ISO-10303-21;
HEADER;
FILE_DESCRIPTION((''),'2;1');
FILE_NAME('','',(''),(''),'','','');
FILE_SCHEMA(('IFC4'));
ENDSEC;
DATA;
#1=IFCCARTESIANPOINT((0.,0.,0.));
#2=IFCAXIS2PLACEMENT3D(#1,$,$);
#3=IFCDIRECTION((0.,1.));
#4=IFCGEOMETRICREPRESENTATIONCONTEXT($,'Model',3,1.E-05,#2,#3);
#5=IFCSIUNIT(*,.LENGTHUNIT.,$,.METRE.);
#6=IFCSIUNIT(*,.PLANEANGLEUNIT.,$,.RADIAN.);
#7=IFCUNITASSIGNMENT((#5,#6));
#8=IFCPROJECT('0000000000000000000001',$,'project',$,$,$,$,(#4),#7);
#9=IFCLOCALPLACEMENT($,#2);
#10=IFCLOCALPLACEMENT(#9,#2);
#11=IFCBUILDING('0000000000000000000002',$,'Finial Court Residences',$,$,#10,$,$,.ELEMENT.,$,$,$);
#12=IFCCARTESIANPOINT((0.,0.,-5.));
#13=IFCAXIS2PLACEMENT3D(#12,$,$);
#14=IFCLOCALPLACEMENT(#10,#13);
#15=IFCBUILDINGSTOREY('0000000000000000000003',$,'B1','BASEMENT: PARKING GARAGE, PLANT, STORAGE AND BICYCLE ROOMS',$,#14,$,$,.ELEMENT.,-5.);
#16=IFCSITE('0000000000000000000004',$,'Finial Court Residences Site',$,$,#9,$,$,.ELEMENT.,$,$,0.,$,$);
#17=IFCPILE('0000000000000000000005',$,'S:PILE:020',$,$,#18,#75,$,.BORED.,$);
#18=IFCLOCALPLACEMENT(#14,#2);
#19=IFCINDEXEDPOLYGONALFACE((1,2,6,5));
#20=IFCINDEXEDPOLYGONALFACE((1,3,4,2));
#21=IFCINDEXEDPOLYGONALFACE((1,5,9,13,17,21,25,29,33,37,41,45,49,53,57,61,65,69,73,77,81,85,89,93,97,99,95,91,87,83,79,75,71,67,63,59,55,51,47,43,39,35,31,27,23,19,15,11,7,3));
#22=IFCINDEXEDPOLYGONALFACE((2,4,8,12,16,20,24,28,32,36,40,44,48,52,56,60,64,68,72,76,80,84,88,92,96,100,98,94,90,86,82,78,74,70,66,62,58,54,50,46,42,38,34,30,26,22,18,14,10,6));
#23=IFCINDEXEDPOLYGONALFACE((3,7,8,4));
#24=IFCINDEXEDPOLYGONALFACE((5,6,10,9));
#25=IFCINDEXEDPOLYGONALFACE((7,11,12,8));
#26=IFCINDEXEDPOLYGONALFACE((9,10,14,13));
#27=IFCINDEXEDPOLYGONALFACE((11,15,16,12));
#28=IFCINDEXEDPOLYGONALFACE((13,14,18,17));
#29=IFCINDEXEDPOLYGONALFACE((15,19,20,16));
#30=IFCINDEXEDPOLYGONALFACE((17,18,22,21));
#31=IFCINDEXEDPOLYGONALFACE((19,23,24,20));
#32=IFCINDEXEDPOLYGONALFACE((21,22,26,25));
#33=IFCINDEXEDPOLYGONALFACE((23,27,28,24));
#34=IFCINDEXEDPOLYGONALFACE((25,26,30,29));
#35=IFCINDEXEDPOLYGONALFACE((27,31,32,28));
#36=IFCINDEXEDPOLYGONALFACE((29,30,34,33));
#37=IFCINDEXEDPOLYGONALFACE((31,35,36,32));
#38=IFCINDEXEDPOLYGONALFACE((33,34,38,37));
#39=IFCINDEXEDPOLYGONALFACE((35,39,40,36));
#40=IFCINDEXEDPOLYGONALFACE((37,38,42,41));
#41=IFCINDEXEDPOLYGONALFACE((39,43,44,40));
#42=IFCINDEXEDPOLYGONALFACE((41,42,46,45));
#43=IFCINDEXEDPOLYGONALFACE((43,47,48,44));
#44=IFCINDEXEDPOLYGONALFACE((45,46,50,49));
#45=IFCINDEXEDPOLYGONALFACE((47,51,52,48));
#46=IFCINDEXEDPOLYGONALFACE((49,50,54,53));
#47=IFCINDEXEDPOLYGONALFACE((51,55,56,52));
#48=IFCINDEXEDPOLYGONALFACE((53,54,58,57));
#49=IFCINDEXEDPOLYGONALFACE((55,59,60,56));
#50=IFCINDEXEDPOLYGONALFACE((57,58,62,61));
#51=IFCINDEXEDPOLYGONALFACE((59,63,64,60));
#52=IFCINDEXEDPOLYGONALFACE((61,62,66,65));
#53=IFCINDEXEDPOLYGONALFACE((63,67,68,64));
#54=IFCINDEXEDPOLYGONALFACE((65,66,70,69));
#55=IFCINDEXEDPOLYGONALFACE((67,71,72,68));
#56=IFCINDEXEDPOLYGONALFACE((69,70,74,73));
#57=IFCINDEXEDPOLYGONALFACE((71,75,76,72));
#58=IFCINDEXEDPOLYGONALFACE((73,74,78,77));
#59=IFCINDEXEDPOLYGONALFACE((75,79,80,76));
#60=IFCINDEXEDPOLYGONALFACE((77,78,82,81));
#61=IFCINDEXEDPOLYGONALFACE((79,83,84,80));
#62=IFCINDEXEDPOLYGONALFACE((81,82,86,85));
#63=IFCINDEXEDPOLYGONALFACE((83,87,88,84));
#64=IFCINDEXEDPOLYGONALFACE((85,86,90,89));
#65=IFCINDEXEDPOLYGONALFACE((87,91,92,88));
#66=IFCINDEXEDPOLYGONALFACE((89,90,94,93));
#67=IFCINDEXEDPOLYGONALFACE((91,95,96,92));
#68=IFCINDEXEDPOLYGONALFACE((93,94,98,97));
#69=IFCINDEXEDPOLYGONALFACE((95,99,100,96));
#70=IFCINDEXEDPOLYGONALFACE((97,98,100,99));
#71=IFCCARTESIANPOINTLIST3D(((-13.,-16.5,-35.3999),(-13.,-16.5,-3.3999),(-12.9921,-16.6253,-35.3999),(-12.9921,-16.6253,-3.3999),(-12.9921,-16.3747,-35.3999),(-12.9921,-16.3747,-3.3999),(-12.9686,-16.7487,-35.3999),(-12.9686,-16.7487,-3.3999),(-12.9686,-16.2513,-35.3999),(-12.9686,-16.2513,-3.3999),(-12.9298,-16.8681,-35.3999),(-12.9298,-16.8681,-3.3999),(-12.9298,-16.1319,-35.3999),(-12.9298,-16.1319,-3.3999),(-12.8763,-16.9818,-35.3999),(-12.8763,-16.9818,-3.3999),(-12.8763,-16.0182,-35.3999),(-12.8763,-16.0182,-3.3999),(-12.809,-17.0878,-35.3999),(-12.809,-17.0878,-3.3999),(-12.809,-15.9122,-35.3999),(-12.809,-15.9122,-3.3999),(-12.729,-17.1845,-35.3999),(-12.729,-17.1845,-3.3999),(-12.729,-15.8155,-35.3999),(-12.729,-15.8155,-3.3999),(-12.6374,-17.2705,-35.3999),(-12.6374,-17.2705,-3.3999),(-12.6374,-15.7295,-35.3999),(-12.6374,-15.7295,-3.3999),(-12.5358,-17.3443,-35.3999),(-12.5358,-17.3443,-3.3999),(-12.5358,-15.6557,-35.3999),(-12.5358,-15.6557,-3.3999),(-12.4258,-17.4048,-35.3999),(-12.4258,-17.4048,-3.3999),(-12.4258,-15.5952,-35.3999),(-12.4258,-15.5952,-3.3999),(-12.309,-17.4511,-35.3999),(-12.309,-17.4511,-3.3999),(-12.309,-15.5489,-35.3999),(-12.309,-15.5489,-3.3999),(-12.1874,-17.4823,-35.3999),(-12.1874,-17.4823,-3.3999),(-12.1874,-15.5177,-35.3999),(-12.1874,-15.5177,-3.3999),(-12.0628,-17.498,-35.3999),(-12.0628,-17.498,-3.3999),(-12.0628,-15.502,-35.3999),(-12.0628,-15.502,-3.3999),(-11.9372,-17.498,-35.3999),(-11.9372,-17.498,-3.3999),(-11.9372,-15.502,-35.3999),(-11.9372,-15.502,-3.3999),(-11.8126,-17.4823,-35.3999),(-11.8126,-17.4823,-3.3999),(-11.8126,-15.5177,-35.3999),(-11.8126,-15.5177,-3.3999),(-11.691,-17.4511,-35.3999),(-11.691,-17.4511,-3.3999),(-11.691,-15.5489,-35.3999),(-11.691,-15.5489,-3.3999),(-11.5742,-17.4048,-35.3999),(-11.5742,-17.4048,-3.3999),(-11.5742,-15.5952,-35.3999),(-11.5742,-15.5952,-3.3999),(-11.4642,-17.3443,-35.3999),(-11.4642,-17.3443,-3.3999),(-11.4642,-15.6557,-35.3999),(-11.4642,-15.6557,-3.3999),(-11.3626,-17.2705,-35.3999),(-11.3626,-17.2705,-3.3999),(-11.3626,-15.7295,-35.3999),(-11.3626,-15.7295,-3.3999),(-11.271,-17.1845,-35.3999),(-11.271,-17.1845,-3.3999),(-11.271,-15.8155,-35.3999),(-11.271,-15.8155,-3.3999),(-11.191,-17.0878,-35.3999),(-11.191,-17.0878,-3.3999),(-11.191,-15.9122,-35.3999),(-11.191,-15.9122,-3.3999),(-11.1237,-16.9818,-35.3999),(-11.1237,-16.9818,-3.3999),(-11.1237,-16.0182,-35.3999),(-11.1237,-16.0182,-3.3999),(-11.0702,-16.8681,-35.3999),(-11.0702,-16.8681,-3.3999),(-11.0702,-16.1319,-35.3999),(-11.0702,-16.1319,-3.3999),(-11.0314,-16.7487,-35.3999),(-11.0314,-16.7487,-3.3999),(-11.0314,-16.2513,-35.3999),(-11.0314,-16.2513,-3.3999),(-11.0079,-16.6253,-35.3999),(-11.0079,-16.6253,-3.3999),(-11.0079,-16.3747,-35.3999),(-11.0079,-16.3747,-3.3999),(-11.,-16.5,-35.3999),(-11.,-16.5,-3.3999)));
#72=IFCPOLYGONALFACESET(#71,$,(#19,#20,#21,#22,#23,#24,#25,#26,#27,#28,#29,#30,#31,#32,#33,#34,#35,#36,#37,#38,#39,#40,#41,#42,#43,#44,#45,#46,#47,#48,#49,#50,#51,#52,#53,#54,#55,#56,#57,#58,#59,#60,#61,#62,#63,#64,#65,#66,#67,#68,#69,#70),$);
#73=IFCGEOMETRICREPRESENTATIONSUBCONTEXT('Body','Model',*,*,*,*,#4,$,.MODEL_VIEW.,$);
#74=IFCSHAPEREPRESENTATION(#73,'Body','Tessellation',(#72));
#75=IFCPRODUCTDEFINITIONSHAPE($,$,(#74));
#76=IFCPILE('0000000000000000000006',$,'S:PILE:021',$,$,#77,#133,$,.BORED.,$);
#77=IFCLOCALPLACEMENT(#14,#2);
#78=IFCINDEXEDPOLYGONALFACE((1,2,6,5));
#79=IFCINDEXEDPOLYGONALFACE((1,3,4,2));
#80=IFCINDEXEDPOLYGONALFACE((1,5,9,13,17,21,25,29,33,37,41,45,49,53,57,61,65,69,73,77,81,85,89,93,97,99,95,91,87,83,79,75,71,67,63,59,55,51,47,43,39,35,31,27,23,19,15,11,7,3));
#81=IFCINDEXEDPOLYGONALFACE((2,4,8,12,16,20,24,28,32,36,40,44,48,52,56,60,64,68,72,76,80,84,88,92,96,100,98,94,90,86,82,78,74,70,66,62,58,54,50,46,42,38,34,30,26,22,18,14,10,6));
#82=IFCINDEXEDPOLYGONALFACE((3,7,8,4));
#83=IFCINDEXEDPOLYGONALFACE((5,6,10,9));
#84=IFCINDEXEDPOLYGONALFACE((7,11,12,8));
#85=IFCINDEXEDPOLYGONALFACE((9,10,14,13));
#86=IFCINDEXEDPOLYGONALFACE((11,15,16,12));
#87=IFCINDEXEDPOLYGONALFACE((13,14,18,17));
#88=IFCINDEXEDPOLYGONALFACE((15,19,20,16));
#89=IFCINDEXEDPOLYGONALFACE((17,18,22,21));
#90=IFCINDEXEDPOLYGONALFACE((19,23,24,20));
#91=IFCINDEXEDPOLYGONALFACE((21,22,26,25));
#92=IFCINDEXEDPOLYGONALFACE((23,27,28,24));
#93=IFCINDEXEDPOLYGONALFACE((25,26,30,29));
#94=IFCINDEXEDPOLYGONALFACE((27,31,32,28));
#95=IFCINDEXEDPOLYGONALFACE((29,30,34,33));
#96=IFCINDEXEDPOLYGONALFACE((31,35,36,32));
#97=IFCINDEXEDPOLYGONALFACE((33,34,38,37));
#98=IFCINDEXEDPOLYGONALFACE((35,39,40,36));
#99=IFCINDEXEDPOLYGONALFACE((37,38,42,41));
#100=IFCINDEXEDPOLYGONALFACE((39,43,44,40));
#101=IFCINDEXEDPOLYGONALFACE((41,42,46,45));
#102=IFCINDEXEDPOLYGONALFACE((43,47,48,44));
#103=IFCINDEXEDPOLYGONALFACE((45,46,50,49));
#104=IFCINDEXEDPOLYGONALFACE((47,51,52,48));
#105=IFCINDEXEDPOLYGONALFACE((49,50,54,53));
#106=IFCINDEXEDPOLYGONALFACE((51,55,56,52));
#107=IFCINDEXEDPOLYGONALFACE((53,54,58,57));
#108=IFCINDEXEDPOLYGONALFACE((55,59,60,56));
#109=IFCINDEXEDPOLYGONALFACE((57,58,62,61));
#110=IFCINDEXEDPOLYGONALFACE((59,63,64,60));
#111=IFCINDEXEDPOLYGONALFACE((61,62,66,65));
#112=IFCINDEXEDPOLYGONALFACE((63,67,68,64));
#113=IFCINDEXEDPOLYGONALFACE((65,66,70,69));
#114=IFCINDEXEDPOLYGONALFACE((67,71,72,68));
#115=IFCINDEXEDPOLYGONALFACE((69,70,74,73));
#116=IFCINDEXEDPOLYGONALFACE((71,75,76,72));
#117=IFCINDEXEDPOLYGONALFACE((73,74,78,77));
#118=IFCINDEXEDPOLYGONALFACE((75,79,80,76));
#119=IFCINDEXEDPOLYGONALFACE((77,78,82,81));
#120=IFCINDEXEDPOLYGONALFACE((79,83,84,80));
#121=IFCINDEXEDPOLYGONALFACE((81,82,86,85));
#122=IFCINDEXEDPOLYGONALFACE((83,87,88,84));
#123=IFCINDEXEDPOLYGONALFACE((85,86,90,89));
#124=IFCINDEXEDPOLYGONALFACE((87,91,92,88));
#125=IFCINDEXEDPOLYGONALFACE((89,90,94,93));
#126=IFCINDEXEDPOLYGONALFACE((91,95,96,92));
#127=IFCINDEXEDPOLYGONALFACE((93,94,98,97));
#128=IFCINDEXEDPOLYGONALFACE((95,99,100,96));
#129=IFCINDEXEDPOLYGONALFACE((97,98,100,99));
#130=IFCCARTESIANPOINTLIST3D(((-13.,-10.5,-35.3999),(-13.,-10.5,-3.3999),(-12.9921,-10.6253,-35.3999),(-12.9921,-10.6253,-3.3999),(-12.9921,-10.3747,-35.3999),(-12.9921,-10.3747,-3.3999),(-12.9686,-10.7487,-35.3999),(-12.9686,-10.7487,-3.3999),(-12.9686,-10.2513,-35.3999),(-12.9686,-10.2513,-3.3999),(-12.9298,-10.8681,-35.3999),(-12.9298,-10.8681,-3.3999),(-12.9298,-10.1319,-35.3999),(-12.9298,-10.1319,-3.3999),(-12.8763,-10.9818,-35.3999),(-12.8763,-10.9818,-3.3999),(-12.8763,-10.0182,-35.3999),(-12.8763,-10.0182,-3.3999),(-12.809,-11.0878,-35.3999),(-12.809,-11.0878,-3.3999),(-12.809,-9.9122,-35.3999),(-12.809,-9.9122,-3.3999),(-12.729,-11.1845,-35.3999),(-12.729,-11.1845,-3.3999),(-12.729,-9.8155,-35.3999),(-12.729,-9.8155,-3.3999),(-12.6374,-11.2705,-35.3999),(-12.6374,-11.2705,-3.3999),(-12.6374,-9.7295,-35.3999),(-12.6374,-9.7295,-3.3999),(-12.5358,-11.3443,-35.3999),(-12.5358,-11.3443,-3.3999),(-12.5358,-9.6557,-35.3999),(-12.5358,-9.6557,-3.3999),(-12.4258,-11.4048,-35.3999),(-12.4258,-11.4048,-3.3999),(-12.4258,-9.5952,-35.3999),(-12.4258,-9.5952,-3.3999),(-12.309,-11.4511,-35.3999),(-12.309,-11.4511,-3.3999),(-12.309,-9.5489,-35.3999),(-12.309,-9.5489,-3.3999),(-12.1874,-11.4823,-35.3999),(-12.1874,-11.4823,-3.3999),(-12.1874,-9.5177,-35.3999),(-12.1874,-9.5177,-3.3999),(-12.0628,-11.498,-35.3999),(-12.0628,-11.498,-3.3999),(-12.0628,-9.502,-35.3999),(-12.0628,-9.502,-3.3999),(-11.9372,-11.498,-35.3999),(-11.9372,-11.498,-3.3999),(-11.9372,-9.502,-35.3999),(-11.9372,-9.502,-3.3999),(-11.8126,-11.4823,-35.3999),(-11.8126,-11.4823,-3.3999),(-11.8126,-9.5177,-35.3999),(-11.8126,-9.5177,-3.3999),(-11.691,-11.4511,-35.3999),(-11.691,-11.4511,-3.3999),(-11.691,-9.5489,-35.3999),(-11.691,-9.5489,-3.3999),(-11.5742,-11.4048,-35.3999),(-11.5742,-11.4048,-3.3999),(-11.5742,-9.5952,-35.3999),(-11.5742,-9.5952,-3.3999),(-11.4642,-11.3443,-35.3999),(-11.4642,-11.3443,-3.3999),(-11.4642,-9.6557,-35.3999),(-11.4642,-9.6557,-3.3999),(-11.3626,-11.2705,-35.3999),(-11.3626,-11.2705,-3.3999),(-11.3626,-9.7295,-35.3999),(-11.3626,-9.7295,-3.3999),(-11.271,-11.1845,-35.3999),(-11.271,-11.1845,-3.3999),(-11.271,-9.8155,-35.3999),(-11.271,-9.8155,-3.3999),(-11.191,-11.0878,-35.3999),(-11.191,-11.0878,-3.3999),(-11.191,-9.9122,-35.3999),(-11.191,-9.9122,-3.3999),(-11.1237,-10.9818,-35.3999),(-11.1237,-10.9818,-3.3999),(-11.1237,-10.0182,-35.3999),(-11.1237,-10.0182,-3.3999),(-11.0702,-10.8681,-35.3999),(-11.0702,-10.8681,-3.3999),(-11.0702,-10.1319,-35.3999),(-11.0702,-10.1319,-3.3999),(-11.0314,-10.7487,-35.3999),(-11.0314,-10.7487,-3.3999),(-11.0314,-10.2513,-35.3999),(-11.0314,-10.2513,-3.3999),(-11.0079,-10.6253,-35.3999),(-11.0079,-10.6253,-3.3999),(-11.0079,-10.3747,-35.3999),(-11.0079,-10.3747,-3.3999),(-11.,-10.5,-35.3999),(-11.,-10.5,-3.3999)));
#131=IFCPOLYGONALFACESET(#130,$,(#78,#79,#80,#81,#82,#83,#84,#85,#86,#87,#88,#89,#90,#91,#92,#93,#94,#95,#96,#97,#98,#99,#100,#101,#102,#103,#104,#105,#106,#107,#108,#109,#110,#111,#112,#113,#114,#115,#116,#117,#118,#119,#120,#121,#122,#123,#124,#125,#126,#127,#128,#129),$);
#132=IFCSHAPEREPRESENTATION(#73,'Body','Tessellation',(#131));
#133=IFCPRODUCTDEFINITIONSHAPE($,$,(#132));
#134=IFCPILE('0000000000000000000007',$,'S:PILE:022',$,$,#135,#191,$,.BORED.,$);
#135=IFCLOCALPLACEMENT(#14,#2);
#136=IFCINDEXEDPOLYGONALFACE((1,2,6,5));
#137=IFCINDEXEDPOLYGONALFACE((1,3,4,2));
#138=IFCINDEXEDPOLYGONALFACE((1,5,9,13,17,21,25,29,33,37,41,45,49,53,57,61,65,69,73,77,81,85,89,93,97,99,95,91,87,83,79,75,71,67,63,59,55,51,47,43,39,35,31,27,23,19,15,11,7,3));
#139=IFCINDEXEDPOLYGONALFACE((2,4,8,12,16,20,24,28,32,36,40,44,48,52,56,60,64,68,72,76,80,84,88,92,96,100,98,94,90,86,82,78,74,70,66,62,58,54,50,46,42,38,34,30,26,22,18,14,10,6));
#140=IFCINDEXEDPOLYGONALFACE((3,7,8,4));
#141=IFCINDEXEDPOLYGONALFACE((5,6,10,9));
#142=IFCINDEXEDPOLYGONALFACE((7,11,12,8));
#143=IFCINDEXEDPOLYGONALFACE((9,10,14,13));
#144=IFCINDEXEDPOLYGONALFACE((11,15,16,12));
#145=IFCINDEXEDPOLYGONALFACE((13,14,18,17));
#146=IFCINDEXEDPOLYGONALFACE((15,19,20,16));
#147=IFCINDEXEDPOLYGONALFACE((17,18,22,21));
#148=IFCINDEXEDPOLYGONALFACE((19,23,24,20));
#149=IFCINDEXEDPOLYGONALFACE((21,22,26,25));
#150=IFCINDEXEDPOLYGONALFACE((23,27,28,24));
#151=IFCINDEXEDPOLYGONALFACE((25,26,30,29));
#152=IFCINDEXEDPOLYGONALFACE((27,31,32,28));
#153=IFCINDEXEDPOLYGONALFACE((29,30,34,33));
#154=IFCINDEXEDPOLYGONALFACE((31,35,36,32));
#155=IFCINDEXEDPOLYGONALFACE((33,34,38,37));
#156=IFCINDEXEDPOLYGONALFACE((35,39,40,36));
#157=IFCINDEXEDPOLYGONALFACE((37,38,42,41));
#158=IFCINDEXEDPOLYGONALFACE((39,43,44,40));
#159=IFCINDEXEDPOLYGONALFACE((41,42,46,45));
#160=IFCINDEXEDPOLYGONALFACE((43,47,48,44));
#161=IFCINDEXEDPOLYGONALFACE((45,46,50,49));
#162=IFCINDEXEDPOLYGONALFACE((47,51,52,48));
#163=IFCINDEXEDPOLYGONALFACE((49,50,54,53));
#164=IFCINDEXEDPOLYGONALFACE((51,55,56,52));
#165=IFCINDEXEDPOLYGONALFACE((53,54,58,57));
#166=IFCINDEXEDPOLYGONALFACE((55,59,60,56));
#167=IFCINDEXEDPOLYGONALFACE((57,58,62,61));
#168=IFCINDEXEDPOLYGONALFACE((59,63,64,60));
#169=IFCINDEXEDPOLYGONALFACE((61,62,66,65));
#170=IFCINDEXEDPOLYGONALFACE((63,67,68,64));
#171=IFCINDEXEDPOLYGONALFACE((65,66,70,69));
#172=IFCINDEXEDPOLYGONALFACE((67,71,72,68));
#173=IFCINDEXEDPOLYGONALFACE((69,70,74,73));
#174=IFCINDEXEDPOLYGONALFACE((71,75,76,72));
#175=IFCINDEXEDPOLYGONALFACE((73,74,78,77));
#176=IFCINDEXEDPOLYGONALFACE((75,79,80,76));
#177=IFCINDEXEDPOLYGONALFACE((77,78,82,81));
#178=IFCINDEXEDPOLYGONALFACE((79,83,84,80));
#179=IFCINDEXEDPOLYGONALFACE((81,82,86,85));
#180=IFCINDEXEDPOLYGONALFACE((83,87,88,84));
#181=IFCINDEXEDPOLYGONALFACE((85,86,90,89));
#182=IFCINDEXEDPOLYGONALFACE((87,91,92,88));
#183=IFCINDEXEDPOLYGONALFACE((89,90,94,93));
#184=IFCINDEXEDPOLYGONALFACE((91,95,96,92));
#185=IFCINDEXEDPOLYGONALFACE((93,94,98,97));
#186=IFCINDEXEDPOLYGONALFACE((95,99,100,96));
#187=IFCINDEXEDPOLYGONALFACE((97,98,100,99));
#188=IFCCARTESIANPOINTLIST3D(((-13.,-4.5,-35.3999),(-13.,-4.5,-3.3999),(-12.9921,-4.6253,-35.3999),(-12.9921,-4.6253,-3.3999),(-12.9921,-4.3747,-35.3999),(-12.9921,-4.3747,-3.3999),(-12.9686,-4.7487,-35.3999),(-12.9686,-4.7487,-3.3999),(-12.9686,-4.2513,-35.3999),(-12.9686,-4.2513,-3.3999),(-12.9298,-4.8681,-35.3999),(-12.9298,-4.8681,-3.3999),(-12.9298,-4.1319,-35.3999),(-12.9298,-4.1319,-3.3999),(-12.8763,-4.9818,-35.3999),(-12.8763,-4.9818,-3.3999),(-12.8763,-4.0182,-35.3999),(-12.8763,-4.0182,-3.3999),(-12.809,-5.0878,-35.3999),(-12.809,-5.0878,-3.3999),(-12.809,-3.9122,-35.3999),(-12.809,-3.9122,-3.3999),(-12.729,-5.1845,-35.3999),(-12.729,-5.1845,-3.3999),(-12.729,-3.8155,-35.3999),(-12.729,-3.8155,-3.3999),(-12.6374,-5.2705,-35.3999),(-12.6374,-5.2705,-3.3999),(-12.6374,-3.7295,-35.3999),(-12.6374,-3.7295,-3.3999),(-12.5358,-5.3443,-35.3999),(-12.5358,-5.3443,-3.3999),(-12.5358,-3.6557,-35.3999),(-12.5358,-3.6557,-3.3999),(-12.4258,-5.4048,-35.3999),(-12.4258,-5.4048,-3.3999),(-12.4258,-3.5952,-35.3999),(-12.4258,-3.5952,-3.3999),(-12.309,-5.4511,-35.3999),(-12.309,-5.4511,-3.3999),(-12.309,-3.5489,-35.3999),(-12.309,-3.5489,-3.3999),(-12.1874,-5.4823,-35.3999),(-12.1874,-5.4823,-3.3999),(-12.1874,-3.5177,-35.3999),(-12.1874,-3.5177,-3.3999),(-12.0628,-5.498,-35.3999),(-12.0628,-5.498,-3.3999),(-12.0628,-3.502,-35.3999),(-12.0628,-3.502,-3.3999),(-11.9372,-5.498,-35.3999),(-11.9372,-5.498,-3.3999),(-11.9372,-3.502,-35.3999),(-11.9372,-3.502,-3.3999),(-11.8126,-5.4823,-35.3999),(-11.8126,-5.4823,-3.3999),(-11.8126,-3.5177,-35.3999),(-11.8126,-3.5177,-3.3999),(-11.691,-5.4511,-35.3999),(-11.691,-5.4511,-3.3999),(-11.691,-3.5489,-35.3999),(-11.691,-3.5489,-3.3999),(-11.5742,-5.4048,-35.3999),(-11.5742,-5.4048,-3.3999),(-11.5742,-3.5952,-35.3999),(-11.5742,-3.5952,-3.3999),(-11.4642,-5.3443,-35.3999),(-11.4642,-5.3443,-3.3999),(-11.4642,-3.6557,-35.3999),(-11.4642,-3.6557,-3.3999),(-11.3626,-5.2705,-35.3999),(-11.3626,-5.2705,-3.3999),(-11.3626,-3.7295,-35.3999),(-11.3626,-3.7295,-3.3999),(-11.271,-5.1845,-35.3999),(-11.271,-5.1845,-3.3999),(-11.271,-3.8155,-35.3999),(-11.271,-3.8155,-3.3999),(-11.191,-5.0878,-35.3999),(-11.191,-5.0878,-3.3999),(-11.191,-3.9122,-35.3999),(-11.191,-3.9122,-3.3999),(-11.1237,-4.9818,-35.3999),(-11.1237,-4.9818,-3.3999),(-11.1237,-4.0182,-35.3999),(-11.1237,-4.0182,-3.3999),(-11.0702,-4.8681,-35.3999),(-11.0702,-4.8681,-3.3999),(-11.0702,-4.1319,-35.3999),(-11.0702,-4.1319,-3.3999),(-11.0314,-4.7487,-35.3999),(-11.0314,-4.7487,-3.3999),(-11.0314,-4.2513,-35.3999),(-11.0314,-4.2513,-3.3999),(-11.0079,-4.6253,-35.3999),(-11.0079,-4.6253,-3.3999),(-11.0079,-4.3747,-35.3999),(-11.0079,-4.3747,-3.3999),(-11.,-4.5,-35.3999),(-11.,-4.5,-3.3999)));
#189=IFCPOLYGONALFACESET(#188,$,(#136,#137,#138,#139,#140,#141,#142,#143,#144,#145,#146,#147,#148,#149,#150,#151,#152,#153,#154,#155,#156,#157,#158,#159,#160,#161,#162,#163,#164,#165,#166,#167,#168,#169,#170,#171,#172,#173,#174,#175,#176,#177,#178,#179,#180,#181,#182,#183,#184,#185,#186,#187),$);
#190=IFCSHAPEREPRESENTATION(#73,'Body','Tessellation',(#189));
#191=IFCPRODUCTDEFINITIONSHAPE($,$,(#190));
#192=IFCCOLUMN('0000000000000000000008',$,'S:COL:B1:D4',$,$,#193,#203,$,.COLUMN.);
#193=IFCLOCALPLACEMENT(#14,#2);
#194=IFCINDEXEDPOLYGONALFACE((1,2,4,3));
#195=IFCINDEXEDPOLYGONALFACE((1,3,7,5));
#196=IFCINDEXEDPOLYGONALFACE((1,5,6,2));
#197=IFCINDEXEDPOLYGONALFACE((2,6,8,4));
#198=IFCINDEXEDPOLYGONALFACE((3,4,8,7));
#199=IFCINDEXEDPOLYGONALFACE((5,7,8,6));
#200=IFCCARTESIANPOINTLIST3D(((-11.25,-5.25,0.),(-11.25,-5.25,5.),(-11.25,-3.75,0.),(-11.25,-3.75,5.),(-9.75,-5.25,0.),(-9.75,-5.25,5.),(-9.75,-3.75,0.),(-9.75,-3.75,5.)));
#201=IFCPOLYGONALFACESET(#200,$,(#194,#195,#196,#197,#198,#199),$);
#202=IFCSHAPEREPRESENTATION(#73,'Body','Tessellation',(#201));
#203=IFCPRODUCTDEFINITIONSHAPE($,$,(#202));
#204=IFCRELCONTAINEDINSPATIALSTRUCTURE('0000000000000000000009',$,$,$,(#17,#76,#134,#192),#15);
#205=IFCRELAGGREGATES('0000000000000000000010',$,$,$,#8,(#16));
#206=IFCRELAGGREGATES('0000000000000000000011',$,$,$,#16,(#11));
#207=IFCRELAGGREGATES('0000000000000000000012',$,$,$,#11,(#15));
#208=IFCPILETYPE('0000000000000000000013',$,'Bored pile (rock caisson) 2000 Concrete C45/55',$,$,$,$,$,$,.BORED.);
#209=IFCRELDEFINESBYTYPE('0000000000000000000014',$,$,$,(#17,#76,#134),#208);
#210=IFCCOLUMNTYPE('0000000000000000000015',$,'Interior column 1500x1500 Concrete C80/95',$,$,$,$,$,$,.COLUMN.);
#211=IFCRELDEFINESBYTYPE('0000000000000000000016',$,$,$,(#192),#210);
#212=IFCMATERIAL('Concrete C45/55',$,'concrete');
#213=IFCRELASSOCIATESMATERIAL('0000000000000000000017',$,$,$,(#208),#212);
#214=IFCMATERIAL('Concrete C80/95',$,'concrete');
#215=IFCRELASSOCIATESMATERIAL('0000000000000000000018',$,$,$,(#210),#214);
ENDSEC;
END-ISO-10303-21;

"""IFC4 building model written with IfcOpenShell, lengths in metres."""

from ifc_helpers import new_model, si_unit, direction, frame, origin, origin_2d, place, context, subcontext, project, spatial, rectangle, circle, extrude, material, material_profile, profile_set, type_object, element, save


model = new_model("IFC4")

# Units and contexts
model_context = context("Model", 3, precision=1e-05, world=origin(), true_north=direction((0.0, 1.0)))
body_context = subcontext(model_context, "Body", "Model", "MODEL_VIEW")
ifc_project = project(units=[si_unit("LENGTHUNIT", "METRE"), si_unit("PLANEANGLEUNIT", "RADIAN")], contexts=[model_context])

# Site, building, storey
site_placement = place(None, origin())
site = spatial("IfcSite", under=ifc_project, at=site_placement, Name="Finial Court Residences Site", CompositionType="ELEMENT", RefElevation=0.0)
building_placement = place(site_placement, origin())
building = spatial("IfcBuilding", under=site, at=building_placement, Name="Finial Court Residences", CompositionType="ELEMENT")
storey_placement = place(building_placement, frame((0.0, 0.0, -5.0)))
storey = spatial("IfcBuildingStorey", under=building, at=storey_placement, Name="B1", Description="BASEMENT: PARKING GARAGE, PLANT, STORAGE AND BICYCLE ROOMS", CompositionType="ELEMENT", Elevation=-5.0)

# Piles
ifc_material_1 = material(Name="Concrete C45/55", Category="concrete")
ifc_material_profile_1 = material_profile(ifc_material_1, circle(Radius=1.0, at=origin_2d()), Name="D2000")
ifc_profile_set_1 = profile_set([ifc_material_profile_1], Name="Concrete C45/55")
pile_type = type_object("IfcPileType", Name="Bored pile (rock caisson) 2000 Concrete C45/55", PredefinedType="BORED", material=ifc_profile_set_1)
for number, where, z_axis, x_axis, name in (
    (1, (-12.0, -16.5, -3.3999), (0.0, 0.0, -1.0), (1.0, 0.0, 0.0), "S:PILE:020"),
    (2, (-12.0, -10.5, -3.3999), (0.0, 0.0, -1.0), (1.0, 0.0, 0.0), "S:PILE:021"),
    (3, (-12.0, -4.5, -3.3999), (0.0, 0.0, -1.0), (1.0, 0.0, 0.0), "S:PILE:022"),
):
    element("IfcPile", number, at=place(storey_placement, frame(where, z_axis=z_axis, x_axis=x_axis)), inside=storey, type_object=pile_type, Name=name, PredefinedType="BORED", context=body_context, shape_type="SweptSolid", body=[
        extrude(circle(Radius=1.0, at=origin_2d()), origin(), (0.0, 0.0, 1.0), 32.0),
    ])

# Column
ifc_material_2 = material(Name="Concrete C80/95", Category="concrete")
ifc_material_profile_2 = material_profile(ifc_material_2, rectangle(XDim=1.5, YDim=1.5, at=origin_2d()), Name="1500x1500")
ifc_profile_set_2 = profile_set([ifc_material_profile_2], Name="Concrete C80/95")
column_type = type_object("IfcColumnType", Name="Interior column 1500x1500 Concrete C80/95", PredefinedType="COLUMN", material=ifc_profile_set_2)
column_placement = place(storey_placement, frame((-10.5, -4.5, 0.0), z_axis=(0.0, 0.0, 1.0), x_axis=(1.0, 0.0, 0.0)))
element("IfcColumn", 4, at=column_placement, inside=storey, type_object=column_type, Name="S:COL:B1:D4", PredefinedType="COLUMN", context=body_context, shape_type="SweptSolid", body=[
    extrude(rectangle(XDim=1.5, YDim=1.5, at=origin_2d()), origin(), (0.0, 0.0, 1.0), 5.0),
])

save(model, "model.ifc")
